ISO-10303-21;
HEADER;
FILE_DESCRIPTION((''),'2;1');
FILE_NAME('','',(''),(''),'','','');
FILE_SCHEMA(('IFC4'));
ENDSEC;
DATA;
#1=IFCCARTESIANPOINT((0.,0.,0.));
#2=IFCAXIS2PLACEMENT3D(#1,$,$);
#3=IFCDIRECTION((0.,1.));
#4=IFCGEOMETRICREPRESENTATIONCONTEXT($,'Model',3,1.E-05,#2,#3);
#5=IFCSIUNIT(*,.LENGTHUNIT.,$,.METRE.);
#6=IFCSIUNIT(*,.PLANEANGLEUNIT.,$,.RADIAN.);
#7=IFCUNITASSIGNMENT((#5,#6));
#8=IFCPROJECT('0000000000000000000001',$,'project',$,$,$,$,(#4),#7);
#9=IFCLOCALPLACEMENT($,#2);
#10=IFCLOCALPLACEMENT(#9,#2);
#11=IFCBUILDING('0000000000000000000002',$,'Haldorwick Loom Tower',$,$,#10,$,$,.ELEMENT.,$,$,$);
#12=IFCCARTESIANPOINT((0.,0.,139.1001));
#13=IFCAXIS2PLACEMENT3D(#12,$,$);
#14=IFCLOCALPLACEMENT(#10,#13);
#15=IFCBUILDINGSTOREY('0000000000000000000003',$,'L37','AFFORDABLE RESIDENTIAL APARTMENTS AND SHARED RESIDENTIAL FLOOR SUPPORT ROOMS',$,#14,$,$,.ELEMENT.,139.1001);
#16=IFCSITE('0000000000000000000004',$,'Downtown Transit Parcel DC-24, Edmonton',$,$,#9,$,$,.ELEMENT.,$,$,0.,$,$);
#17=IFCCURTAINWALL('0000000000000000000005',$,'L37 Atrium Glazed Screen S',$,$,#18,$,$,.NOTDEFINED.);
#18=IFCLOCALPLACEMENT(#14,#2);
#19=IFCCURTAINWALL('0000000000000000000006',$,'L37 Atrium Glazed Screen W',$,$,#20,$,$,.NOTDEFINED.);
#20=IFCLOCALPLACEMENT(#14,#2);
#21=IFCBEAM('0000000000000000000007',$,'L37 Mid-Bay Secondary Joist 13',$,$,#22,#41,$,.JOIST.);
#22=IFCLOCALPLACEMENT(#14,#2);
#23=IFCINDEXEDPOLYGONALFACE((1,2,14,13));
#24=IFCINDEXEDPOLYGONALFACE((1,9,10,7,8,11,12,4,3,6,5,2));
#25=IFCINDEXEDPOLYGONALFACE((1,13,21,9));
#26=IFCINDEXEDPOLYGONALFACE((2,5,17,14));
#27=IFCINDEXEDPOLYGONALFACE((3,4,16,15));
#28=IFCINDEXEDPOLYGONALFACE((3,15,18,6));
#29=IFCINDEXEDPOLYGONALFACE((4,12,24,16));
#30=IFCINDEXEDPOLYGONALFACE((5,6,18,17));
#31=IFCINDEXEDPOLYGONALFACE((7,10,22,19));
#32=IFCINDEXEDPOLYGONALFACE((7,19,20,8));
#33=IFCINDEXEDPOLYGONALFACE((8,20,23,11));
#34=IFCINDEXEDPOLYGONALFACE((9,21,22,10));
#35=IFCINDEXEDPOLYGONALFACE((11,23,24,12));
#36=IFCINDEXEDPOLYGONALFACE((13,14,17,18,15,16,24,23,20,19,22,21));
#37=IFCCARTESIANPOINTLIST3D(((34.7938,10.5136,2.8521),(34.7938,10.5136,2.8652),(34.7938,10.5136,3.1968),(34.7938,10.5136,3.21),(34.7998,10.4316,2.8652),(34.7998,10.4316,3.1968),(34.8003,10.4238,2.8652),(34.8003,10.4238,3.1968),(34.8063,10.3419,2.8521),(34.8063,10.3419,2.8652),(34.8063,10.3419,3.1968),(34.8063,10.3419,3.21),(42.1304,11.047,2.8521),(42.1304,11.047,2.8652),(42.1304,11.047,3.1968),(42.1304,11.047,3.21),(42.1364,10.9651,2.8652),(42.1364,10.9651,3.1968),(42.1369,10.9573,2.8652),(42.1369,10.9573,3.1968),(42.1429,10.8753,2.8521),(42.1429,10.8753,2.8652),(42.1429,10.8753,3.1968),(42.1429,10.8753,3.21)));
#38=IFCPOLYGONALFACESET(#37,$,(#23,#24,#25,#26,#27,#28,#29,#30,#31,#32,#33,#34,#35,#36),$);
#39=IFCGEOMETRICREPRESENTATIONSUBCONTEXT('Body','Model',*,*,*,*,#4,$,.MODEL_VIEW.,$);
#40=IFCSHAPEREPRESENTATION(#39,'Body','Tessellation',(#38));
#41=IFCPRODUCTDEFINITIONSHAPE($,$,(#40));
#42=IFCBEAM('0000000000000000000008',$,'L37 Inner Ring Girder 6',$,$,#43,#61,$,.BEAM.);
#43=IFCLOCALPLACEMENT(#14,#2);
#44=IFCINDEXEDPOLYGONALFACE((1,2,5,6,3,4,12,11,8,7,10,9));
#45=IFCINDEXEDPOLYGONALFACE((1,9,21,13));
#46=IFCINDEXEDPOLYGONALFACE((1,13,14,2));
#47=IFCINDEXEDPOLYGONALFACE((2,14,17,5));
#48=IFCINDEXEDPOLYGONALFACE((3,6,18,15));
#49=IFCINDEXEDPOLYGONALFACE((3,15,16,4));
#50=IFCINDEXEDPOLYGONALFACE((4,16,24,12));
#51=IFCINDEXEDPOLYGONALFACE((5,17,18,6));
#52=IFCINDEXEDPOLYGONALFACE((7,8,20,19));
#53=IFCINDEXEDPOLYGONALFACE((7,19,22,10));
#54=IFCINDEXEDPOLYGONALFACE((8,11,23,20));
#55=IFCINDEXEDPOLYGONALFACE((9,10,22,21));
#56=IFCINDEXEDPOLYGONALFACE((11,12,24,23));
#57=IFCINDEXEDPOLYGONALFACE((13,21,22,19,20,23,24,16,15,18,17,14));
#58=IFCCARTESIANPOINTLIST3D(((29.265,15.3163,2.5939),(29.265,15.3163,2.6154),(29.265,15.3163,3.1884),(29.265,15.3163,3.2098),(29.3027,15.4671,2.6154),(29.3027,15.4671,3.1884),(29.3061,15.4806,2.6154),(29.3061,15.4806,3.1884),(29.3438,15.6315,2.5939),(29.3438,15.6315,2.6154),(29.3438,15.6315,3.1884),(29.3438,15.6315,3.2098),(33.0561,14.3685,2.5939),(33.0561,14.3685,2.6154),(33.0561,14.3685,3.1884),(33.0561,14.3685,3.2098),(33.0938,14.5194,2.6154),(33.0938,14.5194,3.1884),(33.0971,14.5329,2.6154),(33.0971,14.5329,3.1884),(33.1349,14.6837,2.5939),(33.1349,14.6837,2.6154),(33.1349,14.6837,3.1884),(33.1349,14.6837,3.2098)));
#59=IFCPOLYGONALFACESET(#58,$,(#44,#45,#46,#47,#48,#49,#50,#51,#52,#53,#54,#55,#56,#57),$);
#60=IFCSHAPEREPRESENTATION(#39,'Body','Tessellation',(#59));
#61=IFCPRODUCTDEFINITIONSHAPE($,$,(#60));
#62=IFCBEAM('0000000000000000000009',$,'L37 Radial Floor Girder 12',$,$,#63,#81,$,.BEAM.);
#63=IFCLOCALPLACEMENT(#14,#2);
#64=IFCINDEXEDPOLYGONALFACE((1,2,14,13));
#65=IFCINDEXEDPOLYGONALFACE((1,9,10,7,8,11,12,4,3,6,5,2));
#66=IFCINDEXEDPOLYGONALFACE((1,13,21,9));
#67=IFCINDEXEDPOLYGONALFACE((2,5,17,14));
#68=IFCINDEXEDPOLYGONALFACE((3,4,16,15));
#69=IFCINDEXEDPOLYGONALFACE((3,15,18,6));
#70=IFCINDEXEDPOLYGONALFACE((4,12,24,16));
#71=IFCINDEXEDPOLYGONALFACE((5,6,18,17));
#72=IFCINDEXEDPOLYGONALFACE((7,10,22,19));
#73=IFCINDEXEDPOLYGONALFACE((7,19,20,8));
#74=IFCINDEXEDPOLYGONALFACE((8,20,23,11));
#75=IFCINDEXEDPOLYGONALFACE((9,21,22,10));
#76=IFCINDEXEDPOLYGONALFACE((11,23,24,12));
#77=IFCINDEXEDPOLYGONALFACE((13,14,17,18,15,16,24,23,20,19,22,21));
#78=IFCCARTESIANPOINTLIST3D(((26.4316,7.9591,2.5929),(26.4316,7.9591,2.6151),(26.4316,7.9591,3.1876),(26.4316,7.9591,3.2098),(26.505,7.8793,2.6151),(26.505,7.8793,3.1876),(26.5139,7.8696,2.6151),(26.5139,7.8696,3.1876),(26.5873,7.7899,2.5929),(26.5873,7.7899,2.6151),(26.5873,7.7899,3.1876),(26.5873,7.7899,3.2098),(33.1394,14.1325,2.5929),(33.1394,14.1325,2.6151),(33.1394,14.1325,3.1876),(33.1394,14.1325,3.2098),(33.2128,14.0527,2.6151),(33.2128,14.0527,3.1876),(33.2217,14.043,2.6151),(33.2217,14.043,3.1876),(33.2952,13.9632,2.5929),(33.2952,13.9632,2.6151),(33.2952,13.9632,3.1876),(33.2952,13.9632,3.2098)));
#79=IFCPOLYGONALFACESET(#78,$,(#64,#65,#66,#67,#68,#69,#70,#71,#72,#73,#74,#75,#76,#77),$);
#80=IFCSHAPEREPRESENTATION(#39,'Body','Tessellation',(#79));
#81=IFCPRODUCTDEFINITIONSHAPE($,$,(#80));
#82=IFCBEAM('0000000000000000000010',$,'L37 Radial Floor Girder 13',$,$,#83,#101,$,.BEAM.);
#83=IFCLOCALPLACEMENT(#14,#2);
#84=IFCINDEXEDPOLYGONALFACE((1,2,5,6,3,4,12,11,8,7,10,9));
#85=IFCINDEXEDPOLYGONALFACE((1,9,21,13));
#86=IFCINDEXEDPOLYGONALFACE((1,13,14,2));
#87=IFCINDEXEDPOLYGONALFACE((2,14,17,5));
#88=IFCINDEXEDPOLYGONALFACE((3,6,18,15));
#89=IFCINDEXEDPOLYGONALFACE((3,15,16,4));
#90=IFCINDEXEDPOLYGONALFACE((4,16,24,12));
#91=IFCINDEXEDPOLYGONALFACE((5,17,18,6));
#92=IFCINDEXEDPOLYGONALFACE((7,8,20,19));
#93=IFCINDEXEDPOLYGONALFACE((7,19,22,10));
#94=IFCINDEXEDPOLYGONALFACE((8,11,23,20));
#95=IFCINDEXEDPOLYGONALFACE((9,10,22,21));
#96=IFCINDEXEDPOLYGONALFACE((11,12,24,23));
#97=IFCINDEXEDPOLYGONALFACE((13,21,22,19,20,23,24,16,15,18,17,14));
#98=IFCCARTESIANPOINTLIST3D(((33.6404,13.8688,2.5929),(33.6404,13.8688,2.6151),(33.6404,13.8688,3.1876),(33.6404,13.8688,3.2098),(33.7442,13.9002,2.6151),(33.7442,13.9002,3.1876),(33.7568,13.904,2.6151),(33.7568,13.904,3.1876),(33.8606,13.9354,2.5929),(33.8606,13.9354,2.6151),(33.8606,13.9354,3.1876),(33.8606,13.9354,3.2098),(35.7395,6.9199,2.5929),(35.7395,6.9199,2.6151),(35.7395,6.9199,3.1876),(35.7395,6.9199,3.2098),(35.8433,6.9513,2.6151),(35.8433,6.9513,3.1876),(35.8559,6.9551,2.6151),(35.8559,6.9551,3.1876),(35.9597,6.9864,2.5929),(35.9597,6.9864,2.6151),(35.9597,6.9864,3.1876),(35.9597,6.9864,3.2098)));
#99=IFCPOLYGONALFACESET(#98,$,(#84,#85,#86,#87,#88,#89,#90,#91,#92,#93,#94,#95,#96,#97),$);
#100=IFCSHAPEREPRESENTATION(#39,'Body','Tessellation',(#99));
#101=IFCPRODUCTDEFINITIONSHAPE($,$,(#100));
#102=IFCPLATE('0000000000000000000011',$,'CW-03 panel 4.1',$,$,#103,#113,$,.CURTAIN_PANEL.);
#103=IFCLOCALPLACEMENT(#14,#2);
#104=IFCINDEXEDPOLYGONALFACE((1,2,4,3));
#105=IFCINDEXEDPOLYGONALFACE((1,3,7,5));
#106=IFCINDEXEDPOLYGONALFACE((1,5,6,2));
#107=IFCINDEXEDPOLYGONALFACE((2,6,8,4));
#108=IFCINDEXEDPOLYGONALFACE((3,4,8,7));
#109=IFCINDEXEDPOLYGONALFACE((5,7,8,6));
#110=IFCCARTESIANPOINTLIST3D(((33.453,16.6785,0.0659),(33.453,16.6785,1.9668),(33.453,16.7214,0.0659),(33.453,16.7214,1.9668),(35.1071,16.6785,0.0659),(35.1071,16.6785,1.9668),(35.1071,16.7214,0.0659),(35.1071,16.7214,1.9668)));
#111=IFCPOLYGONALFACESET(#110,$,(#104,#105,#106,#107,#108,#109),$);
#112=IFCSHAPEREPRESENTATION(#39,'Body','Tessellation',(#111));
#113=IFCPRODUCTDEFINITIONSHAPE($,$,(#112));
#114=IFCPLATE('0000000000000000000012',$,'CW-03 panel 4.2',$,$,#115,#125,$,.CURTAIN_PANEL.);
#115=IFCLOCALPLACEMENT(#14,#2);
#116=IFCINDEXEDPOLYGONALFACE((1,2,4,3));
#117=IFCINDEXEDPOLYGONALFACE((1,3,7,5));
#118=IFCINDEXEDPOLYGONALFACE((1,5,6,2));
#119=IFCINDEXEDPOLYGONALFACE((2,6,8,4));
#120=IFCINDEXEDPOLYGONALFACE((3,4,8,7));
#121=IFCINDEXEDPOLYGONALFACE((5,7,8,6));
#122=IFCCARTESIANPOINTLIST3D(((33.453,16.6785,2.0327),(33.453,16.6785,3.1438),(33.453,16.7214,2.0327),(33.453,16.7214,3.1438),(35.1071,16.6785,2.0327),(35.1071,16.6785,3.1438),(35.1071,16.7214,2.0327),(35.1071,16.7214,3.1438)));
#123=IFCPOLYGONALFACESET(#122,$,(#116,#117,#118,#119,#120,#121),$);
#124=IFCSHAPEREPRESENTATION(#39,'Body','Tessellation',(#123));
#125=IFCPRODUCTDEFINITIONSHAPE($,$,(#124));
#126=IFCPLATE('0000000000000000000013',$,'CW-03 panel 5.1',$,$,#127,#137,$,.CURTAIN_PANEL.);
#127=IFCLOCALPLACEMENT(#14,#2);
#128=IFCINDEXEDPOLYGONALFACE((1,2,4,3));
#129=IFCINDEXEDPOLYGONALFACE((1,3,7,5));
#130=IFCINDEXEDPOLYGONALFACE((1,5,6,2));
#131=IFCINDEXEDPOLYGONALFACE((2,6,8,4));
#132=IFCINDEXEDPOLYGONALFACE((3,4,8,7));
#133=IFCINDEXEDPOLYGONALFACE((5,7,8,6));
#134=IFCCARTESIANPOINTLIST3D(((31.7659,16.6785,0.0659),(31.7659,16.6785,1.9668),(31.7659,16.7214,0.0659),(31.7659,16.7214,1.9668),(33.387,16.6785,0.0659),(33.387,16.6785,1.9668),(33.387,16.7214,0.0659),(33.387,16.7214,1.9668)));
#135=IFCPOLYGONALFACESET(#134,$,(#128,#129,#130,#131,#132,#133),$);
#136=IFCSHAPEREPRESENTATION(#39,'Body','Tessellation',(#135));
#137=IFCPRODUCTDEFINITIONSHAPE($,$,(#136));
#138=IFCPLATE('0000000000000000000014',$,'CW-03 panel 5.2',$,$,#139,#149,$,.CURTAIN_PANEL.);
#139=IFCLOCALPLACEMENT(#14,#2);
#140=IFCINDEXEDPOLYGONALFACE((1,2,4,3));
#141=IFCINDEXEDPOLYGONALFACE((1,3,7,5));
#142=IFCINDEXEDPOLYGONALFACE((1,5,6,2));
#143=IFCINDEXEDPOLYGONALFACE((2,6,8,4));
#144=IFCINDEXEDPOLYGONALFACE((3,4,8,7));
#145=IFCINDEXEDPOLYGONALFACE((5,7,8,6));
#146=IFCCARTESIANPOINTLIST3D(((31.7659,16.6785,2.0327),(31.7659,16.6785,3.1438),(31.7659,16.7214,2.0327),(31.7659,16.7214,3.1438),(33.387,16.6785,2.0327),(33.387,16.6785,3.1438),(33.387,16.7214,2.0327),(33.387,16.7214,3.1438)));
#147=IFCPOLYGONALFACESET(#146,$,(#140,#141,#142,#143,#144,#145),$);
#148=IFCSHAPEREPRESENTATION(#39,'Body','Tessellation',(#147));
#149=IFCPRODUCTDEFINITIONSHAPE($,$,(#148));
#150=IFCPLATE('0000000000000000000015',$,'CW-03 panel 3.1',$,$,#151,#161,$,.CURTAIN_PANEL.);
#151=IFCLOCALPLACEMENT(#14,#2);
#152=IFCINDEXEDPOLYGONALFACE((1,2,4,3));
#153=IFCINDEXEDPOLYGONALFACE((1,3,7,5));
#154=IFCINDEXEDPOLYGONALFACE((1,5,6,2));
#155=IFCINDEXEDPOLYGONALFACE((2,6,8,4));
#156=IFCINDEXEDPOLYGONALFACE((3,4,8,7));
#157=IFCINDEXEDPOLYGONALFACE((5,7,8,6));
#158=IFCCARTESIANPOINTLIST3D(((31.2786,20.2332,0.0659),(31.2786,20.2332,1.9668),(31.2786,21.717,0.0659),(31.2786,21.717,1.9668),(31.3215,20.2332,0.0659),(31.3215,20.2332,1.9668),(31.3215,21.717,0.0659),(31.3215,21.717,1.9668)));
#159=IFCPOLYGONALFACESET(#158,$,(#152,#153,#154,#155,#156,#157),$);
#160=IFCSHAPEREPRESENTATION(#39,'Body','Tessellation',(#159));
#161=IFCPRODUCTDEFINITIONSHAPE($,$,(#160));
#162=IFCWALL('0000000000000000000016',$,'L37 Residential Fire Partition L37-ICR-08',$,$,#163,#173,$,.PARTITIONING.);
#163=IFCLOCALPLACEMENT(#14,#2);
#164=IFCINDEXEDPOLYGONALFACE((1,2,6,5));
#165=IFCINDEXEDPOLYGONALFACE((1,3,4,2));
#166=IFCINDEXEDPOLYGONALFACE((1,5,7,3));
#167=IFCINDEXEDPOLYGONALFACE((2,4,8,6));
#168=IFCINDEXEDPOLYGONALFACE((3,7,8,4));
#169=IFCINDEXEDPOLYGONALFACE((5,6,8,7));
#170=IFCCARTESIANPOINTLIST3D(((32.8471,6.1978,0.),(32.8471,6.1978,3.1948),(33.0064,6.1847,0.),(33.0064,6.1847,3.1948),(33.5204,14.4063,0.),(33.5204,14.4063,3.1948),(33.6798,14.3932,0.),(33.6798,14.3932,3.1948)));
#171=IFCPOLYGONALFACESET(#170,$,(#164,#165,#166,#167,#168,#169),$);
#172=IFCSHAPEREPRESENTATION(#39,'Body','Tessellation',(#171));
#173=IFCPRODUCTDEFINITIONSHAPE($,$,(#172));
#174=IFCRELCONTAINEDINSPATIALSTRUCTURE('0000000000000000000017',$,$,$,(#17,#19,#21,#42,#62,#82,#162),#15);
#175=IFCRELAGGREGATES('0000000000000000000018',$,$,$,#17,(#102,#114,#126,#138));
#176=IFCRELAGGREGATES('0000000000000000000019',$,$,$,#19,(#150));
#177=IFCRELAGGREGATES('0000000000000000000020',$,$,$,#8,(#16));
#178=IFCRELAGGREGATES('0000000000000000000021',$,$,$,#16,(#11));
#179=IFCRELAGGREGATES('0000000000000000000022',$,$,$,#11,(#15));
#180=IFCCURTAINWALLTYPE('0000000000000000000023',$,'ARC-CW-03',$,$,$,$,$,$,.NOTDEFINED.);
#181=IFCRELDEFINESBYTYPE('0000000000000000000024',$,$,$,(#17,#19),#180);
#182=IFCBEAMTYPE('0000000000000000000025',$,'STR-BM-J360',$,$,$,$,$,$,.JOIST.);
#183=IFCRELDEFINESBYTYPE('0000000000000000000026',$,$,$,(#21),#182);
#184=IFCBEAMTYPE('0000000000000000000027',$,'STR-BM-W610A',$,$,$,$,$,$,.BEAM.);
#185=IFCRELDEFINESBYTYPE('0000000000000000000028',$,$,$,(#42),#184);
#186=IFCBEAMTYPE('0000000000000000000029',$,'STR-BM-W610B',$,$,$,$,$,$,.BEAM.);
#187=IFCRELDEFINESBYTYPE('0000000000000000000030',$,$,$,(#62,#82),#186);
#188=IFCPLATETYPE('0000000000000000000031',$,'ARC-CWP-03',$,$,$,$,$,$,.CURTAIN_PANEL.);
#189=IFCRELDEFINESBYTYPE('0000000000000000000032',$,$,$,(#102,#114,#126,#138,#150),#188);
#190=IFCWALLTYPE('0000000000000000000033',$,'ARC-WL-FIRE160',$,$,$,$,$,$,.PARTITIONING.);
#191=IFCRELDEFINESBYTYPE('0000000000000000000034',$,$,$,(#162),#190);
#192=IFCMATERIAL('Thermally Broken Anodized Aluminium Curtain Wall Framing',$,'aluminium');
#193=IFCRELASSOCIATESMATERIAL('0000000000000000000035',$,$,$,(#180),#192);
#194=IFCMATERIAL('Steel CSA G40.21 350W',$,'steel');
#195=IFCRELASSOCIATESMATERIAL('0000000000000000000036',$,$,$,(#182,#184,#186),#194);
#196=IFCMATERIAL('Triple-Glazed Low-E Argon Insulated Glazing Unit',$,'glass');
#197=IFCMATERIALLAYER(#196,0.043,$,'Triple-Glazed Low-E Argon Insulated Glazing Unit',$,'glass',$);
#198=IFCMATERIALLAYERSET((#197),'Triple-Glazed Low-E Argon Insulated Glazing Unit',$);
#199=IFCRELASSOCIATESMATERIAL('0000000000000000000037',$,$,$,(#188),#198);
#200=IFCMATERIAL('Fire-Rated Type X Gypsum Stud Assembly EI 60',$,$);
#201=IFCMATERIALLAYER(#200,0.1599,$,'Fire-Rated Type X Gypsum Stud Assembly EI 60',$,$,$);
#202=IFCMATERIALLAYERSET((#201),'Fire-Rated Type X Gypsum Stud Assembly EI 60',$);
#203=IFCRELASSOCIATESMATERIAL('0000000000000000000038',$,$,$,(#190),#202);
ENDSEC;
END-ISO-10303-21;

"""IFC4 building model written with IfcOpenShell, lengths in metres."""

from ifc_helpers import new_model, si_unit, direction, frame, frame_2d, origin, origin_2d, place, context, subcontext, project, spatial, rectangle, i_section, extrude, material, layer, layer_set, material_profile, profile_set, type_object, element, aggregate, save


model = new_model("IFC4")

# Units and contexts
model_context = context("Model", 3, precision=1e-05, world=origin(), true_north=direction((0.0, 1.0)))
body_context = subcontext(model_context, "Body", "Model", "MODEL_VIEW")
ifc_project = project(units=[si_unit("LENGTHUNIT", "METRE"), si_unit("PLANEANGLEUNIT", "RADIAN")], contexts=[model_context])

# Site, building, storey
site_placement = place(None, origin())
site = spatial("IfcSite", under=ifc_project, at=site_placement, Name="Downtown Transit Parcel DC-24, Edmonton", CompositionType="ELEMENT", RefElevation=0.0)
building_placement = place(site_placement, origin())
building = spatial("IfcBuilding", under=site, at=building_placement, Name="Haldorwick Loom Tower", CompositionType="ELEMENT")
storey_placement = place(building_placement, frame((0.0, 0.0, 139.1001)))
storey = spatial("IfcBuildingStorey", under=building, at=storey_placement, Name="L37", Description="AFFORDABLE RESIDENTIAL APARTMENTS AND SHARED RESIDENTIAL FLOOR SUPPORT ROOMS", CompositionType="ELEMENT", Elevation=139.1001)

# Curtain wall
ifc_material_1 = material(Name="Thermally Broken Anodized Aluminium Curtain Wall Framing", Category="aluminium")
curtain_wall_type = type_object("IfcCurtainWallType", Name="ARC-CW-03", PredefinedType="NOTDEFINED", material=ifc_material_1)
curtain_wall_1_placement = place(storey_placement, origin())
curtain_wall_1 = element("IfcCurtainWall", 1, at=curtain_wall_1_placement, inside=storey, type_object=curtain_wall_type, Name="L37 Atrium Glazed Screen S", PredefinedType="NOTDEFINED")

# Curtain wall
curtain_wall_2_placement = place(storey_placement, origin())
curtain_wall_2 = element("IfcCurtainWall", 2, at=curtain_wall_2_placement, inside=storey, type_object=curtain_wall_type, Name="L37 Atrium Glazed Screen W", PredefinedType="NOTDEFINED")

# Beams
ifc_material_2 = material(Name="Steel CSA G40.21 350W", Category="steel")
ifc_material_profile_1 = material_profile(ifc_material_2, i_section(OverallWidth=0.1721, OverallDepth=0.3579, WebThickness=0.0078, FlangeThickness=0.0132, at=origin_2d()), Name="W360X57", Category="steel")
ifc_profile_set_1 = profile_set([ifc_material_profile_1], Name="Steel CSA G40.21 350W")
beam_type_1 = type_object("IfcBeamType", Name="STR-BM-J360", PredefinedType="JOIST", material=ifc_profile_set_1)
beam_1_placement = place(storey_placement, frame((34.8, 10.4277, 3.031), z_axis=(0.997367, 0.072518, 0.0), x_axis=(-0.072518, 0.997367, 0.0)))
element("IfcBeam", 3, at=beam_1_placement, inside=storey, type_object=beam_type_1, Name="L37 Mid-Bay Secondary Joist 13", PredefinedType="JOIST", context=body_context, shape_type="SweptSolid", body=[
    extrude(i_section(OverallWidth=0.1721, OverallDepth=0.3579, WebThickness=0.0078, FlangeThickness=0.0132, at=origin_2d()), origin(), (0.0, 0.0, 1.0), 7.356),
])
ifc_material_profile_2 = material_profile(ifc_material_2, i_section(OverallWidth=0.325, OverallDepth=0.616, WebThickness=0.0139, FlangeThickness=0.0215, at=origin_2d()), Name="W610X174", Category="steel")
ifc_profile_set_2 = profile_set([ifc_material_profile_2], Name="Steel CSA G40.21 350W")
beam_type_2 = type_object("IfcBeamType", Name="STR-BM-W610A", PredefinedType="BEAM", material=ifc_profile_set_2)
beam_2_placement = place(storey_placement, frame((33.0955, 14.5261, 2.9019), z_axis=(-0.970143, 0.242536, 0.0), x_axis=(-0.242536, -0.970143, 0.0)))
element("IfcBeam", 4, at=beam_2_placement, inside=storey, type_object=beam_type_2, Name="L37 Inner Ring Girder 6", PredefinedType="BEAM", context=body_context, shape_type="SweptSolid", body=[
    extrude(i_section(OverallWidth=0.325, OverallDepth=0.616, WebThickness=0.0139, FlangeThickness=0.0215, at=origin_2d()), origin(), (0.0, 0.0, 1.0), 3.9077),
])
ifc_material_profile_3 = material_profile(ifc_material_2, i_section(OverallWidth=0.23, OverallDepth=0.6169, WebThickness=0.0132, FlangeThickness=0.0222, at=origin_2d()), Name="W610X140", Category="steel")
ifc_profile_set_3 = profile_set([ifc_material_profile_3], Name="Steel CSA G40.21 350W")
beam_type_3 = type_object("IfcBeamType", Name="STR-BM-W610B", PredefinedType="BEAM", material=ifc_profile_set_3)
beam_3_placement = place(storey_placement, frame((33.2173, 14.0479, 2.9014), z_axis=(-0.735811, -0.677187, 0.0), x_axis=(0.677187, -0.735811, 0.0)))
element("IfcBeam", 5, at=beam_3_placement, inside=storey, type_object=beam_type_3, Name="L37 Radial Floor Girder 12", PredefinedType="BEAM", context=body_context, shape_type="SweptSolid", body=[
    extrude(i_section(OverallWidth=0.23, OverallDepth=0.6169, WebThickness=0.0132, FlangeThickness=0.0222, at=origin_2d()), origin(), (0.0, 0.0, 1.0), 9.1162),
])
beam_4_placement = place(storey_placement, frame((33.7505, 13.9021, 2.9014), z_axis=(0.289171, -0.957277, 0.0), x_axis=(0.957277, 0.289171, 0.0)))
element("IfcBeam", 6, at=beam_4_placement, inside=storey, type_object=beam_type_3, Name="L37 Radial Floor Girder 13", PredefinedType="BEAM", context=body_context, shape_type="SweptSolid", body=[
    extrude(i_section(OverallWidth=0.23, OverallDepth=0.6169, WebThickness=0.0132, FlangeThickness=0.0222, at=origin_2d()), origin(), (0.0, 0.0, 1.0), 7.259),
])

# Plates
ifc_material_3 = material(Name="Triple-Glazed Low-E Argon Insulated Glazing Unit", Category="glass")
ifc_layer_1 = layer(ifc_material_3, 0.043, Name="Triple-Glazed Low-E Argon Insulated Glazing Unit", Category="glass")
ifc_layer_set_1 = layer_set([ifc_layer_1], Name="Triple-Glazed Low-E Argon Insulated Glazing Unit")
plate_type = type_object("IfcPlateType", Name="ARC-CWP-03", PredefinedType="CURTAIN_PANEL", material=ifc_layer_set_1)
plate_1_placement = place(storey_placement, frame((34.28, 16.7, 0.0659), z_axis=(0.0, 0.0, 1.0), x_axis=(-1.0, 0.0, 0.0)))
plate_1 = element("IfcPlate", 7, at=plate_1_placement, type_object=plate_type, Name="CW-03 panel 4.1", PredefinedType="CURTAIN_PANEL", context=body_context, shape_type="SweptSolid", body=[
    extrude(rectangle(XDim=1.6541, YDim=0.043, at=origin_2d()), origin(), (0.0, 0.0, 1.0), 1.9009),
])
plate_2_placement = place(storey_placement, frame((34.28, 16.7, 2.0327), z_axis=(0.0, 0.0, 1.0), x_axis=(-1.0, 0.0, 0.0)))
plate_2 = element("IfcPlate", 8, at=plate_2_placement, type_object=plate_type, Name="CW-03 panel 4.2", PredefinedType="CURTAIN_PANEL", context=body_context, shape_type="SweptSolid", body=[
    extrude(rectangle(XDim=1.6541, YDim=0.043, at=origin_2d()), origin(), (0.0, 0.0, 1.0), 1.1111),
])
plate_3_placement = place(storey_placement, frame((32.5764, 16.7, 0.0659), z_axis=(0.0, 0.0, 1.0), x_axis=(-1.0, 0.0, 0.0)))
plate_3 = element("IfcPlate", 9, at=plate_3_placement, type_object=plate_type, Name="CW-03 panel 5.1", PredefinedType="CURTAIN_PANEL", context=body_context, shape_type="SweptSolid", body=[
    extrude(rectangle(XDim=1.6211, YDim=0.043, at=origin_2d()), origin(), (0.0, 0.0, 1.0), 1.9009),
])
plate_4_placement = place(storey_placement, frame((32.5764, 16.7, 2.0327), z_axis=(0.0, 0.0, 1.0), x_axis=(-1.0, 0.0, 0.0)))
plate_4 = element("IfcPlate", 10, at=plate_4_placement, type_object=plate_type, Name="CW-03 panel 5.2", PredefinedType="CURTAIN_PANEL", context=body_context, shape_type="SweptSolid", body=[
    extrude(rectangle(XDim=1.6211, YDim=0.043, at=origin_2d()), origin(), (0.0, 0.0, 1.0), 1.1111),
])
aggregate(curtain_wall_1, [plate_1, plate_2, plate_3, plate_4])
plate_5_placement = place(storey_placement, frame((31.3, 20.9751, 0.0659), z_axis=(0.0, 0.0, 1.0), x_axis=(0.0, 1.0, 0.0)))
plate_5 = element("IfcPlate", 11, at=plate_5_placement, type_object=plate_type, Name="CW-03 panel 3.1", PredefinedType="CURTAIN_PANEL", context=body_context, shape_type="SweptSolid", body=[
    extrude(rectangle(XDim=1.4839, YDim=0.043, at=origin_2d()), origin(), (0.0, 0.0, 1.0), 1.9009),
])
aggregate(curtain_wall_2, [plate_5])

# Wall
ifc_material_4 = material(Name="Fire-Rated Type X Gypsum Stud Assembly EI 60")
ifc_layer_2 = layer(ifc_material_4, 0.1599, Name="Fire-Rated Type X Gypsum Stud Assembly EI 60")
ifc_layer_set_2 = layer_set([ifc_layer_2], Name="Fire-Rated Type X Gypsum Stud Assembly EI 60")
wall_type = type_object("IfcWallType", Name="ARC-WL-FIRE160", PredefinedType="PARTITIONING", material=ifc_layer_set_2)
wall_placement = place(storey_placement, frame((33.6001, 14.3999, 0.0), z_axis=(0.0, 0.0, 1.0), x_axis=(-0.081755, -0.996652, 0.0)))
element("IfcWall", 12, at=wall_placement, inside=storey, type_object=wall_type, Name="L37 Residential Fire Partition L37-ICR-08", PredefinedType="PARTITIONING", context=body_context, shape_type="SweptSolid", body=[
    extrude(rectangle(XDim=8.2361, YDim=0.1599, at=frame_2d((4.1182, 0.0))), origin(), (0.0, 0.0, 1.0), 3.1948),
])

save(model, "model.ifc")
